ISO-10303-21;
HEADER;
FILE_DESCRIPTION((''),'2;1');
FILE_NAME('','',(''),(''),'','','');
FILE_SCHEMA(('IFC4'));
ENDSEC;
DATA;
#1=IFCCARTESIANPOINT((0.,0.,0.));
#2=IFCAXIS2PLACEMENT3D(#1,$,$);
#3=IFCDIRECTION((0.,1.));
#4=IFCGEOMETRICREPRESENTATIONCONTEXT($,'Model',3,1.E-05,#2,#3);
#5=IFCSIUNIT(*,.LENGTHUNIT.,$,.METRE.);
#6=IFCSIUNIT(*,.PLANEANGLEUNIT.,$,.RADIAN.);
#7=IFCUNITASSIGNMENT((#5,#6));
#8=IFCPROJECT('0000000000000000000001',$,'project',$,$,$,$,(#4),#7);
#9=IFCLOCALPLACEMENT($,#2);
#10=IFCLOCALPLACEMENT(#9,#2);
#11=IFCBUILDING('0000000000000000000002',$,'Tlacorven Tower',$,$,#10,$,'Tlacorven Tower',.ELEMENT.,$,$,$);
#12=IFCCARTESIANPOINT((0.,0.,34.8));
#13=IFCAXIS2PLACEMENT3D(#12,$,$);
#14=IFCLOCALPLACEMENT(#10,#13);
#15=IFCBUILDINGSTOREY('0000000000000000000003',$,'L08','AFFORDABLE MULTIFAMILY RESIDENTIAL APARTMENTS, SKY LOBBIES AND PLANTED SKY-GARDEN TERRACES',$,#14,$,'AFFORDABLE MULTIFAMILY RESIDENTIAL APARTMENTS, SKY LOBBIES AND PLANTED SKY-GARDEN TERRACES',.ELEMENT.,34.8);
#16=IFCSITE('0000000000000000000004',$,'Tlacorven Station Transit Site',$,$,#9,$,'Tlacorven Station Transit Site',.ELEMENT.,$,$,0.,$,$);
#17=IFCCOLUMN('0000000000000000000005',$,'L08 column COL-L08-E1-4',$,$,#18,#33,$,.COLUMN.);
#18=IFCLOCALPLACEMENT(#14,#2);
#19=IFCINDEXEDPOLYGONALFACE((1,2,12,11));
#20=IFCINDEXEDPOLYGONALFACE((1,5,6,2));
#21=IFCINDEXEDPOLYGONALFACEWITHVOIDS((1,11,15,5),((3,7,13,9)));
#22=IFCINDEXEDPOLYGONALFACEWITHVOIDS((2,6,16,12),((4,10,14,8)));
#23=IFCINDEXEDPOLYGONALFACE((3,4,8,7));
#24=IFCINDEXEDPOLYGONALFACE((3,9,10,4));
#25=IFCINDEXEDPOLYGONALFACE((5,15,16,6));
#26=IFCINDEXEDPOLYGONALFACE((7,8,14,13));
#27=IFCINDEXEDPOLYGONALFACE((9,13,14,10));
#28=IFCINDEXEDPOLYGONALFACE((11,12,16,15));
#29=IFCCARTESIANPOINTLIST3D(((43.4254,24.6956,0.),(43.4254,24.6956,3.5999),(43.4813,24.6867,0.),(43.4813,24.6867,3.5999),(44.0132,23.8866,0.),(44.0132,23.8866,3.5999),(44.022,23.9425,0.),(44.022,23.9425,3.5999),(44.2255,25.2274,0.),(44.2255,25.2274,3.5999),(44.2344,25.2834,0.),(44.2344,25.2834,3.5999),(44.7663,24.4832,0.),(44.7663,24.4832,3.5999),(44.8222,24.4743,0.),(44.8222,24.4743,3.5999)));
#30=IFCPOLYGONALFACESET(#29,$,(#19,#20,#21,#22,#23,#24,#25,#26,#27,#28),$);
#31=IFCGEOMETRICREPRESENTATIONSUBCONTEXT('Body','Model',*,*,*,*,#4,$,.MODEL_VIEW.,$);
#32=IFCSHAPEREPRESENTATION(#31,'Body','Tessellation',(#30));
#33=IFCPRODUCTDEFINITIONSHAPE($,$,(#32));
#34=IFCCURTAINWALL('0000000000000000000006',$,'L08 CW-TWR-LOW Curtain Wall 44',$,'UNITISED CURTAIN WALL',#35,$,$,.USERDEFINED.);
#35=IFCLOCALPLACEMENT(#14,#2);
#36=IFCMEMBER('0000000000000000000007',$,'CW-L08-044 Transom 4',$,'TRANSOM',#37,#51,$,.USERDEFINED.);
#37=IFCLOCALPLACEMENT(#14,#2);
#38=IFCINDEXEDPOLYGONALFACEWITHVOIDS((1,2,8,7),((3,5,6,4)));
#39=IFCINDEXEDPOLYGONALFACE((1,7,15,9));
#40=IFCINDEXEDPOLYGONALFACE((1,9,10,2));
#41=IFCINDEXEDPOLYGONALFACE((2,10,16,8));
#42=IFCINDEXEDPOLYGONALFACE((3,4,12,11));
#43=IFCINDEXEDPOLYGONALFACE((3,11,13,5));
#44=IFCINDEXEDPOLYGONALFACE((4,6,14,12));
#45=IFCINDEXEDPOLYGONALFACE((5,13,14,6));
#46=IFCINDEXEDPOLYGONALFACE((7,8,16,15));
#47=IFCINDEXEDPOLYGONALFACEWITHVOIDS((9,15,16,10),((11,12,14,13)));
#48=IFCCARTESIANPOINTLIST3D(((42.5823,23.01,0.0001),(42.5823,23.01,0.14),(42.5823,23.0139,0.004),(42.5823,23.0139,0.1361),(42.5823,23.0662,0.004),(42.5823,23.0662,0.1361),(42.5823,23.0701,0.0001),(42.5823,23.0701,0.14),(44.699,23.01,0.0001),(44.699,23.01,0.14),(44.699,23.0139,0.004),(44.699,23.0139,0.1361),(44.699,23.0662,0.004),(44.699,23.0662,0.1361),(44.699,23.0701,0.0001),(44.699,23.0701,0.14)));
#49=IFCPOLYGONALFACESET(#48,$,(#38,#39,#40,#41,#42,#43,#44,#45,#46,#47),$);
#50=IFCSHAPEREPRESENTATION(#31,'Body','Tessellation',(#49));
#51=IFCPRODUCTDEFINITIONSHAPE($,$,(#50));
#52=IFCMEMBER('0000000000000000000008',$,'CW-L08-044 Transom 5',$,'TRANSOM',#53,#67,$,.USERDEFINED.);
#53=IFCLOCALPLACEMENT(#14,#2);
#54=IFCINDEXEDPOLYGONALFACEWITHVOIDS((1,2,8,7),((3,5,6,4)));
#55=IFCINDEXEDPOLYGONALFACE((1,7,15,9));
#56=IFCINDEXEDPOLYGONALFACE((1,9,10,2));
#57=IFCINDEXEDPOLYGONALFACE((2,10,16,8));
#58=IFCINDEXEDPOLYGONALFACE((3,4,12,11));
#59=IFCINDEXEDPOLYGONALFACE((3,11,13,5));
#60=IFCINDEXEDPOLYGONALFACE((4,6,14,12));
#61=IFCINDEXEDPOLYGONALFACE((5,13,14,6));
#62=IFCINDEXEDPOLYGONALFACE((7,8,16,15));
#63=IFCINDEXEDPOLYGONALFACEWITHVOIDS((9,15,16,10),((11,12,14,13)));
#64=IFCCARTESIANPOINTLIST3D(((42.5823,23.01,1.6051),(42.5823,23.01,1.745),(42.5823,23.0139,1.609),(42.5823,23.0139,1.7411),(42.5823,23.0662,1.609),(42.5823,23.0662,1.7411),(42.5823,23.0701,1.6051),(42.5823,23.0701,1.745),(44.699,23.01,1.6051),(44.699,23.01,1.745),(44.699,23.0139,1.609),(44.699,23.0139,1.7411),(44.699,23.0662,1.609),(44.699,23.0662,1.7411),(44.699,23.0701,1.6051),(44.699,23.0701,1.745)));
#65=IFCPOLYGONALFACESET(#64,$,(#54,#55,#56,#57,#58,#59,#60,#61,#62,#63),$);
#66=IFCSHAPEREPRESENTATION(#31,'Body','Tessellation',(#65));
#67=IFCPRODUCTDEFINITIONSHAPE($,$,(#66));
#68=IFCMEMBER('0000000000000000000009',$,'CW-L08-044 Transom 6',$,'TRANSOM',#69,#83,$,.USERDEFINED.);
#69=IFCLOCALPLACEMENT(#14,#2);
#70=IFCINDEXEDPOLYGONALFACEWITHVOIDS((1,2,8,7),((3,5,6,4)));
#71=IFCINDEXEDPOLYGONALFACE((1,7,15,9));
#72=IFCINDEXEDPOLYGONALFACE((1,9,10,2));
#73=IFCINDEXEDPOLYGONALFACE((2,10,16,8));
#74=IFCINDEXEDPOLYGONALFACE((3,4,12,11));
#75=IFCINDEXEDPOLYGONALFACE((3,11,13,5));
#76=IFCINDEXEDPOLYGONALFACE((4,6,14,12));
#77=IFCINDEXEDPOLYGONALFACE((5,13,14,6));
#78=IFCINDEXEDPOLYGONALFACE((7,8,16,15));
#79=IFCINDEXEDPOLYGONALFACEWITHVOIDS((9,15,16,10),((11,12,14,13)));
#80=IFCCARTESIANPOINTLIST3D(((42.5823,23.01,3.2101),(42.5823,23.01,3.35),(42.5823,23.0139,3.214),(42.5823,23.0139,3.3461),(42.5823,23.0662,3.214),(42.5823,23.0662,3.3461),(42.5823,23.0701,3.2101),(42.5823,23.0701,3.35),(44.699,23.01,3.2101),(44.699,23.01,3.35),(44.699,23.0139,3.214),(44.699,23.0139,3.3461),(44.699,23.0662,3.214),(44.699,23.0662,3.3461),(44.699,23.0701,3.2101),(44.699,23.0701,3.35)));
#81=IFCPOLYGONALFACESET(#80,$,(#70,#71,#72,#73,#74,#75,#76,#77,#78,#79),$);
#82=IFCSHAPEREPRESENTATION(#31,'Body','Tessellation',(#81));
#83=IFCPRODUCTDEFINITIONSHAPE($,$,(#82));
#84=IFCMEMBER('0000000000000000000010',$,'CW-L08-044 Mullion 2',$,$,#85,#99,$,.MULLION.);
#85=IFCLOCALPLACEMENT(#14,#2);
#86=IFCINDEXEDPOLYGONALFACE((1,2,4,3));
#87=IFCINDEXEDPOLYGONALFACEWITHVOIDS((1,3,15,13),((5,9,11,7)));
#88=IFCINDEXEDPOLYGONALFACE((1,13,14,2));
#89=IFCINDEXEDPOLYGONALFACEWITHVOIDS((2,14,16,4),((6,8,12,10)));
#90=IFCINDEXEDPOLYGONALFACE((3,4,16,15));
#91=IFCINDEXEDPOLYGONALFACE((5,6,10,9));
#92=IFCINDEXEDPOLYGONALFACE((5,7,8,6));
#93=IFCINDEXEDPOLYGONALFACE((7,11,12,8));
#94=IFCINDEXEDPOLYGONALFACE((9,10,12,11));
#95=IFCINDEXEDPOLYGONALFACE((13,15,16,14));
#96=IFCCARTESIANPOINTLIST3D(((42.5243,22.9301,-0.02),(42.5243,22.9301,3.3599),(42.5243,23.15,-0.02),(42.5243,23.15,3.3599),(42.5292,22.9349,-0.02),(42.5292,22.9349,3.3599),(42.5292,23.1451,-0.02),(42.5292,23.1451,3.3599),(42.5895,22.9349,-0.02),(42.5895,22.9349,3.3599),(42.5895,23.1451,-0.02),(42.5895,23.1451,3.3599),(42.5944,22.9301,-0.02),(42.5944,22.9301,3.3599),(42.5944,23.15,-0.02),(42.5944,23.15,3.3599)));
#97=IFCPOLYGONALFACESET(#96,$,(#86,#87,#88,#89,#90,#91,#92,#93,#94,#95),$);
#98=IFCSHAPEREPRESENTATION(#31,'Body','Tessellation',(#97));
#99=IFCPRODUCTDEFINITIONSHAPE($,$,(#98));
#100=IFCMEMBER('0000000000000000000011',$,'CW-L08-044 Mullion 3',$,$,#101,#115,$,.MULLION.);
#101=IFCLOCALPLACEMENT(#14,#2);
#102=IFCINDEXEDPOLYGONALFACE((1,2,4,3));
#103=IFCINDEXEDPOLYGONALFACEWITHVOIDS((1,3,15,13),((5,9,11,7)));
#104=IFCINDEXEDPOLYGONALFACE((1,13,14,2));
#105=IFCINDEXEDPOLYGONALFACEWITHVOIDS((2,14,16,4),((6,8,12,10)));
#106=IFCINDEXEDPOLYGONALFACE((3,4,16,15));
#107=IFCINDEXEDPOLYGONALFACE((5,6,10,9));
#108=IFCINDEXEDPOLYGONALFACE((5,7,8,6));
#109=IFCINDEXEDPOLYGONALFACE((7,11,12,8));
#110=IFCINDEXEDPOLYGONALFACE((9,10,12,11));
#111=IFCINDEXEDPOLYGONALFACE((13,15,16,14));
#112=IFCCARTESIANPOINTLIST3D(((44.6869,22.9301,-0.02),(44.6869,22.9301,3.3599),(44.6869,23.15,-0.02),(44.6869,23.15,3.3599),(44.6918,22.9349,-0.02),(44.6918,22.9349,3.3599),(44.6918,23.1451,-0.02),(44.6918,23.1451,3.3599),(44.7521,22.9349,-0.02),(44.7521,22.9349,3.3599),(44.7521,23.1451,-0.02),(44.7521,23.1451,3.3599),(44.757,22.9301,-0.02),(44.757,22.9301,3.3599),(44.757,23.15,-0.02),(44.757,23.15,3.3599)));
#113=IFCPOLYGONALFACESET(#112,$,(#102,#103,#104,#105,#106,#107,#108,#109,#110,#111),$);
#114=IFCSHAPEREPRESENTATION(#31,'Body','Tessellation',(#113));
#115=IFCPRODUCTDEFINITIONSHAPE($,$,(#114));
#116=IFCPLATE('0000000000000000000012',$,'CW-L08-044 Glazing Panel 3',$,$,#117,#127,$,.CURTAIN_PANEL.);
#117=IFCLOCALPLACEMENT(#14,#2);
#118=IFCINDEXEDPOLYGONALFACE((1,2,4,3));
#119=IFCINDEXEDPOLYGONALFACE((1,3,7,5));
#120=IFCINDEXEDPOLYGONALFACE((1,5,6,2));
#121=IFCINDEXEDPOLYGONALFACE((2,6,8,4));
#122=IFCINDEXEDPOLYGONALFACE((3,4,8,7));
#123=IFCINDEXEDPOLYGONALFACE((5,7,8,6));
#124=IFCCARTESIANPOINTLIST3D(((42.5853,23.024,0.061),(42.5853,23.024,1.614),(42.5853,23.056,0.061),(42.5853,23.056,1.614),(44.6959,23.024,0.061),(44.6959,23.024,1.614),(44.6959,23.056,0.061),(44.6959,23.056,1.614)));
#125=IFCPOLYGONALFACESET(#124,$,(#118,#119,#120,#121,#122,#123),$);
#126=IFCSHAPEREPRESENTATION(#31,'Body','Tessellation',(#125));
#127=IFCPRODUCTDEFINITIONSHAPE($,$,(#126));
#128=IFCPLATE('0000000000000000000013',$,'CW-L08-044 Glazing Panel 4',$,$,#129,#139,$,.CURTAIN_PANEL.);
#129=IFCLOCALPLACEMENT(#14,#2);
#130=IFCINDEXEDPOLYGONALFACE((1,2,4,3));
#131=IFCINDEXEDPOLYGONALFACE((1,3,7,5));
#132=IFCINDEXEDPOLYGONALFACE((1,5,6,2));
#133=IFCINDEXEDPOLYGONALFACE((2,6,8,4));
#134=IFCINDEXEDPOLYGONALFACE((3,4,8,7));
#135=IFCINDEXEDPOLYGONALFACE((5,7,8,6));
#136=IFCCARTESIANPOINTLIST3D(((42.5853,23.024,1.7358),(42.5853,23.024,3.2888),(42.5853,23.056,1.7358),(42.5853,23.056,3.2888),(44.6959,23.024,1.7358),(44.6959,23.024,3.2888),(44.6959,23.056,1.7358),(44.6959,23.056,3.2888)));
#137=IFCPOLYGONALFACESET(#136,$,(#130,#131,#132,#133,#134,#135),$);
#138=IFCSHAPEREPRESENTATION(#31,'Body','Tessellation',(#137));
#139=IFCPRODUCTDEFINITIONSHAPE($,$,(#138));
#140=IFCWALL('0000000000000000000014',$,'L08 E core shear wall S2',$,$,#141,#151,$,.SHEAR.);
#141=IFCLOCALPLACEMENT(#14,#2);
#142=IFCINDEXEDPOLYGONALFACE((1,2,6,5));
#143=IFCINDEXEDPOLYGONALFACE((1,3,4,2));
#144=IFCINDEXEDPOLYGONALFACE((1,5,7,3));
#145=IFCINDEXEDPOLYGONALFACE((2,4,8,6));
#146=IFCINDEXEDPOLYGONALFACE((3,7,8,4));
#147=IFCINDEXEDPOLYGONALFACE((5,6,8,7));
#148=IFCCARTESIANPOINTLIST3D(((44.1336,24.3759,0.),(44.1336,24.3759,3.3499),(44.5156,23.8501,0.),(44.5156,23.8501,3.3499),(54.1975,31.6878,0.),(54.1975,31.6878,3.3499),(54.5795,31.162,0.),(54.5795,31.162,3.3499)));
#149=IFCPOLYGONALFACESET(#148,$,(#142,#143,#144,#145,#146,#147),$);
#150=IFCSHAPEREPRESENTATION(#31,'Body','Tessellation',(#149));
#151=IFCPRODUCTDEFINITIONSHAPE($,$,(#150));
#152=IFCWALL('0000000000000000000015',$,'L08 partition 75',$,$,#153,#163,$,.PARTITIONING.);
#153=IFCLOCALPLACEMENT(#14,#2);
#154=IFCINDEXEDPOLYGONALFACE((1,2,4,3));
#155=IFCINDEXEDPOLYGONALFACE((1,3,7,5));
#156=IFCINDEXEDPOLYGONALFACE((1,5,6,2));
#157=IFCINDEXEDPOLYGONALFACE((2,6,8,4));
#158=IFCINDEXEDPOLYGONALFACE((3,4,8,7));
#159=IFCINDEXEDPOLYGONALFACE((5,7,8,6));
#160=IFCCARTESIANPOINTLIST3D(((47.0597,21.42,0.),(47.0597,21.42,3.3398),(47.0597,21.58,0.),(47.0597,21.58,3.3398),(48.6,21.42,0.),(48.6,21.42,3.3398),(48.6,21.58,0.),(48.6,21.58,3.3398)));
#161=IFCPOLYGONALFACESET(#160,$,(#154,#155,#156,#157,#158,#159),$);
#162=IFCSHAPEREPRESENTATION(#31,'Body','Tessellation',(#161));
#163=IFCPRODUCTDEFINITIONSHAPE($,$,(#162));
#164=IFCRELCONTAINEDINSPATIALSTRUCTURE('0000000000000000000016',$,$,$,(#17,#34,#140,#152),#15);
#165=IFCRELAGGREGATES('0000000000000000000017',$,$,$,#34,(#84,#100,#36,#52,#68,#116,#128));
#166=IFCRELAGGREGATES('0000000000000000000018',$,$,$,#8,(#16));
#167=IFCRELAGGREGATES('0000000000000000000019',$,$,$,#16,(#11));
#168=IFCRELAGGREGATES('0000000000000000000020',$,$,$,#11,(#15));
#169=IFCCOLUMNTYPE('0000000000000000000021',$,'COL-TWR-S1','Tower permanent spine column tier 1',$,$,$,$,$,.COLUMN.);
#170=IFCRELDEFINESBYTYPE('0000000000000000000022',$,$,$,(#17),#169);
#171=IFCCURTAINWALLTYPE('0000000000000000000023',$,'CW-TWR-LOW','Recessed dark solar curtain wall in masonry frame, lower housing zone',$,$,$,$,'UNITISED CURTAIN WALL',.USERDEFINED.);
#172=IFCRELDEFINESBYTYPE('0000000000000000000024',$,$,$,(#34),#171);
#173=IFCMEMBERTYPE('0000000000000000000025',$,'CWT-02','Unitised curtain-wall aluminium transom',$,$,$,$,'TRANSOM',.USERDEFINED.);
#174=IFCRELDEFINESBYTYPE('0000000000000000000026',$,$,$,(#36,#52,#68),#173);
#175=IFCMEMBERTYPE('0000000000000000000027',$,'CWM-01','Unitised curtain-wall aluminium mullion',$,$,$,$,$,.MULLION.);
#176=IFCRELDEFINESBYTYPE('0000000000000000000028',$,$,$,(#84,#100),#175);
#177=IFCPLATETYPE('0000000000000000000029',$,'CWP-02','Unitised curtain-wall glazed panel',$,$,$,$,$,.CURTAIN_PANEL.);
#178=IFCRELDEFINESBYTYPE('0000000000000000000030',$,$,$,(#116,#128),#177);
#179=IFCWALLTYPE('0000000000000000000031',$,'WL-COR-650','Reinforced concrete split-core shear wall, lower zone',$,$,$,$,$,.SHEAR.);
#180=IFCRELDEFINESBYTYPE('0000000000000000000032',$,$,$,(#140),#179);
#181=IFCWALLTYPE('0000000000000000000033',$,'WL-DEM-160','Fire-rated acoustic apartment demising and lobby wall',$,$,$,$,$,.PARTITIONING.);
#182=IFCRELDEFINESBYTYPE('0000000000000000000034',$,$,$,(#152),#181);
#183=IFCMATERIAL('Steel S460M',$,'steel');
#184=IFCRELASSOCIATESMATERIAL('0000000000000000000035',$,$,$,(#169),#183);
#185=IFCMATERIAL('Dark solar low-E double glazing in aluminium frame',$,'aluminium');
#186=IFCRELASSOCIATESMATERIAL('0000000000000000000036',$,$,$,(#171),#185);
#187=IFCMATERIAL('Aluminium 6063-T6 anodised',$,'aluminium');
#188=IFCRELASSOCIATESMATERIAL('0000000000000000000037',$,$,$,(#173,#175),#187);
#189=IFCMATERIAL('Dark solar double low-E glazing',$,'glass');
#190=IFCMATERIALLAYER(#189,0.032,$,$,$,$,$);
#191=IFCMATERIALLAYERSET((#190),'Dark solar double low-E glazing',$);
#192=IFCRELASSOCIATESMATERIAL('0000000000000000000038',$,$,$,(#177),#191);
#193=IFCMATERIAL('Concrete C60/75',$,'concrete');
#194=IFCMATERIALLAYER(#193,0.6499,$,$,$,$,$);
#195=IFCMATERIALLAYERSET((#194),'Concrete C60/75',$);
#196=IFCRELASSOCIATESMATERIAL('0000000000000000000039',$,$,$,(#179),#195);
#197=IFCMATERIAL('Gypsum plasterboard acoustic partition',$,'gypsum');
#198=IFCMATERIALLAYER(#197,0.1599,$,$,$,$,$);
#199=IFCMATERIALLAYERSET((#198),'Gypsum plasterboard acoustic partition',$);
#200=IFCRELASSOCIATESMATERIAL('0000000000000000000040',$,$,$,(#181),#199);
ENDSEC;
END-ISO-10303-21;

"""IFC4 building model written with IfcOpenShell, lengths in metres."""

from ifc_helpers import new_model, si_unit, direction, frame, frame_2d, origin, origin_2d, place, context, subcontext, project, spatial, rectangle, hollow_rectangle, extrude, source, transform, mapped, material, layer, layer_set, material_profile, profile_set, type_object, element, aggregate, save


model = new_model("IFC4")

# Units and contexts
model_context = context("Model", 3, precision=1e-05, world=origin(), true_north=direction((0.0, 1.0)))
body_context = subcontext(model_context, "Body", "Model", "MODEL_VIEW")
ifc_project = project(units=[si_unit("LENGTHUNIT", "METRE"), si_unit("PLANEANGLEUNIT", "RADIAN")], contexts=[model_context])

# Site, building, storey
site_placement = place(None, origin())
site = spatial("IfcSite", under=ifc_project, at=site_placement, Name="Tlacorven Station Transit Site", LongName="Tlacorven Station Transit Site", CompositionType="ELEMENT", RefElevation=0.0)
building_placement = place(site_placement, origin())
building = spatial("IfcBuilding", under=site, at=building_placement, Name="Tlacorven Tower", LongName="Tlacorven Tower", CompositionType="ELEMENT")
storey_placement = place(building_placement, frame((0.0, 0.0, 34.8)))
storey = spatial("IfcBuildingStorey", under=building, at=storey_placement, Name="L08", Description="AFFORDABLE MULTIFAMILY RESIDENTIAL APARTMENTS, SKY LOBBIES AND PLANTED SKY-GARDEN TERRACES", LongName="AFFORDABLE MULTIFAMILY RESIDENTIAL APARTMENTS, SKY LOBBIES AND PLANTED SKY-GARDEN TERRACES", CompositionType="ELEMENT", Elevation=34.8)

# Column
ifc_material_1 = material(Name="Steel S460M", Category="steel")
ifc_material_profile_1 = material_profile(ifc_material_1, hollow_rectangle(XDim=1.0, YDim=1.0, WallThickness=0.04, at=origin_2d()), Name="BOX 1000X1000X40")
ifc_profile_set_1 = profile_set([ifc_material_profile_1], Name="Steel S460M")
column_type = type_object("IfcColumnType", Name="COL-TWR-S1", Description="Tower permanent spine column tier 1", PredefinedType="COLUMN", material=ifc_profile_set_1)
shared_shape_1 = source(origin(), body_context, "Body", "SweptSolid", [
    extrude(hollow_rectangle(XDim=1.0, YDim=1.0, WallThickness=0.04, at=origin_2d()), origin(), (0.0, 0.0, 1.0), 3.5999),
])
column_placement = place(storey_placement, frame((44.1238, 24.585, 0.0), z_axis=(0.0, 0.0, 1.0), x_axis=(0.809017, 0.587785, 0.0)))
element("IfcColumn", 1, at=column_placement, inside=storey, type_object=column_type, Name="L08 column COL-L08-E1-4", PredefinedType="COLUMN", context=body_context, shape_type="MappedRepresentation", body=[
    mapped(shared_shape_1, transform((0.0, 0.0, 0.0), scale=1.0)),
])

# Curtain wall, members, plates
ifc_material_2 = material(Name="Dark solar low-E double glazing in aluminium frame", Category="aluminium")
curtain_wall_type = type_object("IfcCurtainWallType", Name="CW-TWR-LOW", Description="Recessed dark solar curtain wall in masonry frame, lower housing zone", ElementType="UNITISED CURTAIN WALL", PredefinedType="USERDEFINED", material=ifc_material_2)
curtain_wall_placement = place(storey_placement, origin())
curtain_wall = element("IfcCurtainWall", 2, at=curtain_wall_placement, inside=storey, type_object=curtain_wall_type, Name="L08 CW-TWR-LOW Curtain Wall 44", ObjectType="UNITISED CURTAIN WALL", PredefinedType="USERDEFINED")
ifc_material_3 = material(Name="Aluminium 6063-T6 anodised", Category="aluminium")
ifc_material_profile_2 = material_profile(ifc_material_3, hollow_rectangle(XDim=0.0601, YDim=0.1399, WallThickness=0.0039, at=origin_2d()), Name="ALU TRANSOM 60X140")
ifc_profile_set_2 = profile_set([ifc_material_profile_2], Name="Aluminium 6063-T6 anodised")
member_type_1 = type_object("IfcMemberType", Name="CWT-02", Description="Unitised curtain-wall aluminium transom", ElementType="TRANSOM", PredefinedType="USERDEFINED", material=ifc_profile_set_2)
shared_shape_2 = source(origin(), body_context, "Body", "SweptSolid", [
    extrude(hollow_rectangle(XDim=0.0601, YDim=0.1399, WallThickness=0.0039, at=origin_2d()), origin(), (0.0, 0.0, 1.0), 2.1167),
])
member_1_placement = place(storey_placement, frame((42.5823, 23.04, 0.0701), z_axis=(1.0, 0.0, 0.0), x_axis=(0.0, 1.0, 0.0)))
member_1 = element("IfcMember", 3, at=member_1_placement, type_object=member_type_1, Name="CW-L08-044 Transom 4", ObjectType="TRANSOM", PredefinedType="USERDEFINED", context=body_context, shape_type="MappedRepresentation", body=[
    mapped(shared_shape_2, transform((0.0, 0.0, 0.0), scale=1.0)),
])
member_2_placement = place(storey_placement, frame((42.5823, 23.04, 1.675), z_axis=(1.0, 0.0, 0.0), x_axis=(0.0, 1.0, 0.0)))
member_2 = element("IfcMember", 4, at=member_2_placement, type_object=member_type_1, Name="CW-L08-044 Transom 5", ObjectType="TRANSOM", PredefinedType="USERDEFINED", context=body_context, shape_type="MappedRepresentation", body=[
    mapped(shared_shape_2, transform((0.0, 0.0, 0.0), scale=1.0)),
])
member_3_placement = place(storey_placement, frame((42.5823, 23.04, 3.28), z_axis=(1.0, 0.0, 0.0), x_axis=(0.0, 1.0, 0.0)))
member_3 = element("IfcMember", 5, at=member_3_placement, type_object=member_type_1, Name="CW-L08-044 Transom 6", ObjectType="TRANSOM", PredefinedType="USERDEFINED", context=body_context, shape_type="MappedRepresentation", body=[
    mapped(shared_shape_2, transform((0.0, 0.0, 0.0), scale=1.0)),
])
ifc_material_profile_3 = material_profile(ifc_material_3, hollow_rectangle(XDim=0.0701, YDim=0.22, WallThickness=0.0049, at=origin_2d()), Name="ALU MULLION 70X220")
ifc_profile_set_3 = profile_set([ifc_material_profile_3], Name="Aluminium 6063-T6 anodised")
member_type_2 = type_object("IfcMemberType", Name="CWM-01", Description="Unitised curtain-wall aluminium mullion", PredefinedType="MULLION", material=ifc_profile_set_3)
shared_shape_3 = source(origin(), body_context, "Body", "SweptSolid", [
    extrude(hollow_rectangle(XDim=0.0701, YDim=0.22, WallThickness=0.0049, at=origin_2d()), origin(), (0.0, 0.0, 1.0), 3.3799),
])
member_4_placement = place(storey_placement, frame((42.5593, 23.04, -0.02), z_axis=(0.0, 0.0, 1.0), x_axis=(1.0, 0.0, 0.0)))
member_4 = element("IfcMember", 6, at=member_4_placement, type_object=member_type_2, Name="CW-L08-044 Mullion 2", PredefinedType="MULLION", context=body_context, shape_type="MappedRepresentation", body=[
    mapped(shared_shape_3, transform((0.0, 0.0, 0.0), scale=1.0)),
])
member_5_placement = place(storey_placement, frame((44.7219, 23.04, -0.02), z_axis=(0.0, 0.0, 1.0), x_axis=(1.0, 0.0, 0.0)))
member_5 = element("IfcMember", 7, at=member_5_placement, type_object=member_type_2, Name="CW-L08-044 Mullion 3", PredefinedType="MULLION", context=body_context, shape_type="MappedRepresentation", body=[
    mapped(shared_shape_3, transform((0.0, 0.0, 0.0), scale=1.0)),
])
ifc_material_4 = material(Name="Dark solar double low-E glazing", Category="glass")
ifc_layer_1 = layer(ifc_material_4, 0.032)
ifc_layer_set_1 = layer_set([ifc_layer_1], Name="Dark solar double low-E glazing")
plate_type = type_object("IfcPlateType", Name="CWP-02", Description="Unitised curtain-wall glazed panel", PredefinedType="CURTAIN_PANEL", material=ifc_layer_set_1)
shared_shape_4 = source(origin(), body_context, "Body", "SweptSolid", [
    extrude(rectangle(XDim=2.1106, YDim=0.032, at=origin_2d()), origin(), (0.0, 0.0, 1.0), 1.553),
])
plate_1_placement = place(storey_placement, frame((43.6406, 23.04, 0.061), z_axis=(0.0, 0.0, 1.0), x_axis=(1.0, 0.0, 0.0)))
plate_1 = element("IfcPlate", 8, at=plate_1_placement, type_object=plate_type, Name="CW-L08-044 Glazing Panel 3", PredefinedType="CURTAIN_PANEL", context=body_context, shape_type="MappedRepresentation", body=[
    mapped(shared_shape_4, transform((0.0, 0.0, 0.0), scale=1.0)),
])
plate_2_placement = place(storey_placement, frame((43.6406, 23.04, 1.7358), z_axis=(0.0, 0.0, 1.0), x_axis=(1.0, 0.0, 0.0)))
plate_2 = element("IfcPlate", 9, at=plate_2_placement, type_object=plate_type, Name="CW-L08-044 Glazing Panel 4", PredefinedType="CURTAIN_PANEL", context=body_context, shape_type="MappedRepresentation", body=[
    mapped(shared_shape_4, transform((0.0, 0.0, 0.0), scale=1.0)),
])
aggregate(curtain_wall, [member_4, member_5, member_1, member_2, member_3, plate_1, plate_2])

# Walls
ifc_material_5 = material(Name="Concrete C60/75", Category="concrete")
ifc_layer_2 = layer(ifc_material_5, 0.6499)
ifc_layer_set_2 = layer_set([ifc_layer_2], Name="Concrete C60/75")
wall_type_1 = type_object("IfcWallType", Name="WL-COR-650", Description="Reinforced concrete split-core shear wall, lower zone", PredefinedType="SHEAR", material=ifc_layer_set_2)
wall_1_placement = place(storey_placement, frame((44.3247, 24.113, 0.0), z_axis=(0.0, 0.0, 1.0), x_axis=(0.809013, 0.587791, 0.0)))
element("IfcWall", 10, at=wall_1_placement, inside=storey, type_object=wall_type_1, Name="L08 E core shear wall S2", PredefinedType="SHEAR", context=body_context, shape_type="SweptSolid", body=[
    extrude(rectangle(XDim=12.4397, YDim=0.6499, at=frame_2d((6.2197, 0.0))), origin(), (0.0, 0.0, 1.0), 3.3499),
])
ifc_material_6 = material(Name="Gypsum plasterboard acoustic partition", Category="gypsum")
ifc_layer_3 = layer(ifc_material_6, 0.1599)
ifc_layer_set_3 = layer_set([ifc_layer_3], Name="Gypsum plasterboard acoustic partition")
wall_type_2 = type_object("IfcWallType", Name="WL-DEM-160", Description="Fire-rated acoustic apartment demising and lobby wall", PredefinedType="PARTITIONING", material=ifc_layer_set_3)
wall_2_placement = place(storey_placement, frame((47.0598, 21.5, 0.0), z_axis=(0.0, 0.0, 1.0), x_axis=(1.0, 0.0, 0.0)))
element("IfcWall", 11, at=wall_2_placement, inside=storey, type_object=wall_type_2, Name="L08 partition 75", PredefinedType="PARTITIONING", context=body_context, shape_type="SweptSolid", body=[
    extrude(rectangle(XDim=1.5403, YDim=0.1599, at=frame_2d((0.77, 0.0))), origin(), (0.0, 0.0, 1.0), 3.3398),
])

save(model, "model.ifc")
